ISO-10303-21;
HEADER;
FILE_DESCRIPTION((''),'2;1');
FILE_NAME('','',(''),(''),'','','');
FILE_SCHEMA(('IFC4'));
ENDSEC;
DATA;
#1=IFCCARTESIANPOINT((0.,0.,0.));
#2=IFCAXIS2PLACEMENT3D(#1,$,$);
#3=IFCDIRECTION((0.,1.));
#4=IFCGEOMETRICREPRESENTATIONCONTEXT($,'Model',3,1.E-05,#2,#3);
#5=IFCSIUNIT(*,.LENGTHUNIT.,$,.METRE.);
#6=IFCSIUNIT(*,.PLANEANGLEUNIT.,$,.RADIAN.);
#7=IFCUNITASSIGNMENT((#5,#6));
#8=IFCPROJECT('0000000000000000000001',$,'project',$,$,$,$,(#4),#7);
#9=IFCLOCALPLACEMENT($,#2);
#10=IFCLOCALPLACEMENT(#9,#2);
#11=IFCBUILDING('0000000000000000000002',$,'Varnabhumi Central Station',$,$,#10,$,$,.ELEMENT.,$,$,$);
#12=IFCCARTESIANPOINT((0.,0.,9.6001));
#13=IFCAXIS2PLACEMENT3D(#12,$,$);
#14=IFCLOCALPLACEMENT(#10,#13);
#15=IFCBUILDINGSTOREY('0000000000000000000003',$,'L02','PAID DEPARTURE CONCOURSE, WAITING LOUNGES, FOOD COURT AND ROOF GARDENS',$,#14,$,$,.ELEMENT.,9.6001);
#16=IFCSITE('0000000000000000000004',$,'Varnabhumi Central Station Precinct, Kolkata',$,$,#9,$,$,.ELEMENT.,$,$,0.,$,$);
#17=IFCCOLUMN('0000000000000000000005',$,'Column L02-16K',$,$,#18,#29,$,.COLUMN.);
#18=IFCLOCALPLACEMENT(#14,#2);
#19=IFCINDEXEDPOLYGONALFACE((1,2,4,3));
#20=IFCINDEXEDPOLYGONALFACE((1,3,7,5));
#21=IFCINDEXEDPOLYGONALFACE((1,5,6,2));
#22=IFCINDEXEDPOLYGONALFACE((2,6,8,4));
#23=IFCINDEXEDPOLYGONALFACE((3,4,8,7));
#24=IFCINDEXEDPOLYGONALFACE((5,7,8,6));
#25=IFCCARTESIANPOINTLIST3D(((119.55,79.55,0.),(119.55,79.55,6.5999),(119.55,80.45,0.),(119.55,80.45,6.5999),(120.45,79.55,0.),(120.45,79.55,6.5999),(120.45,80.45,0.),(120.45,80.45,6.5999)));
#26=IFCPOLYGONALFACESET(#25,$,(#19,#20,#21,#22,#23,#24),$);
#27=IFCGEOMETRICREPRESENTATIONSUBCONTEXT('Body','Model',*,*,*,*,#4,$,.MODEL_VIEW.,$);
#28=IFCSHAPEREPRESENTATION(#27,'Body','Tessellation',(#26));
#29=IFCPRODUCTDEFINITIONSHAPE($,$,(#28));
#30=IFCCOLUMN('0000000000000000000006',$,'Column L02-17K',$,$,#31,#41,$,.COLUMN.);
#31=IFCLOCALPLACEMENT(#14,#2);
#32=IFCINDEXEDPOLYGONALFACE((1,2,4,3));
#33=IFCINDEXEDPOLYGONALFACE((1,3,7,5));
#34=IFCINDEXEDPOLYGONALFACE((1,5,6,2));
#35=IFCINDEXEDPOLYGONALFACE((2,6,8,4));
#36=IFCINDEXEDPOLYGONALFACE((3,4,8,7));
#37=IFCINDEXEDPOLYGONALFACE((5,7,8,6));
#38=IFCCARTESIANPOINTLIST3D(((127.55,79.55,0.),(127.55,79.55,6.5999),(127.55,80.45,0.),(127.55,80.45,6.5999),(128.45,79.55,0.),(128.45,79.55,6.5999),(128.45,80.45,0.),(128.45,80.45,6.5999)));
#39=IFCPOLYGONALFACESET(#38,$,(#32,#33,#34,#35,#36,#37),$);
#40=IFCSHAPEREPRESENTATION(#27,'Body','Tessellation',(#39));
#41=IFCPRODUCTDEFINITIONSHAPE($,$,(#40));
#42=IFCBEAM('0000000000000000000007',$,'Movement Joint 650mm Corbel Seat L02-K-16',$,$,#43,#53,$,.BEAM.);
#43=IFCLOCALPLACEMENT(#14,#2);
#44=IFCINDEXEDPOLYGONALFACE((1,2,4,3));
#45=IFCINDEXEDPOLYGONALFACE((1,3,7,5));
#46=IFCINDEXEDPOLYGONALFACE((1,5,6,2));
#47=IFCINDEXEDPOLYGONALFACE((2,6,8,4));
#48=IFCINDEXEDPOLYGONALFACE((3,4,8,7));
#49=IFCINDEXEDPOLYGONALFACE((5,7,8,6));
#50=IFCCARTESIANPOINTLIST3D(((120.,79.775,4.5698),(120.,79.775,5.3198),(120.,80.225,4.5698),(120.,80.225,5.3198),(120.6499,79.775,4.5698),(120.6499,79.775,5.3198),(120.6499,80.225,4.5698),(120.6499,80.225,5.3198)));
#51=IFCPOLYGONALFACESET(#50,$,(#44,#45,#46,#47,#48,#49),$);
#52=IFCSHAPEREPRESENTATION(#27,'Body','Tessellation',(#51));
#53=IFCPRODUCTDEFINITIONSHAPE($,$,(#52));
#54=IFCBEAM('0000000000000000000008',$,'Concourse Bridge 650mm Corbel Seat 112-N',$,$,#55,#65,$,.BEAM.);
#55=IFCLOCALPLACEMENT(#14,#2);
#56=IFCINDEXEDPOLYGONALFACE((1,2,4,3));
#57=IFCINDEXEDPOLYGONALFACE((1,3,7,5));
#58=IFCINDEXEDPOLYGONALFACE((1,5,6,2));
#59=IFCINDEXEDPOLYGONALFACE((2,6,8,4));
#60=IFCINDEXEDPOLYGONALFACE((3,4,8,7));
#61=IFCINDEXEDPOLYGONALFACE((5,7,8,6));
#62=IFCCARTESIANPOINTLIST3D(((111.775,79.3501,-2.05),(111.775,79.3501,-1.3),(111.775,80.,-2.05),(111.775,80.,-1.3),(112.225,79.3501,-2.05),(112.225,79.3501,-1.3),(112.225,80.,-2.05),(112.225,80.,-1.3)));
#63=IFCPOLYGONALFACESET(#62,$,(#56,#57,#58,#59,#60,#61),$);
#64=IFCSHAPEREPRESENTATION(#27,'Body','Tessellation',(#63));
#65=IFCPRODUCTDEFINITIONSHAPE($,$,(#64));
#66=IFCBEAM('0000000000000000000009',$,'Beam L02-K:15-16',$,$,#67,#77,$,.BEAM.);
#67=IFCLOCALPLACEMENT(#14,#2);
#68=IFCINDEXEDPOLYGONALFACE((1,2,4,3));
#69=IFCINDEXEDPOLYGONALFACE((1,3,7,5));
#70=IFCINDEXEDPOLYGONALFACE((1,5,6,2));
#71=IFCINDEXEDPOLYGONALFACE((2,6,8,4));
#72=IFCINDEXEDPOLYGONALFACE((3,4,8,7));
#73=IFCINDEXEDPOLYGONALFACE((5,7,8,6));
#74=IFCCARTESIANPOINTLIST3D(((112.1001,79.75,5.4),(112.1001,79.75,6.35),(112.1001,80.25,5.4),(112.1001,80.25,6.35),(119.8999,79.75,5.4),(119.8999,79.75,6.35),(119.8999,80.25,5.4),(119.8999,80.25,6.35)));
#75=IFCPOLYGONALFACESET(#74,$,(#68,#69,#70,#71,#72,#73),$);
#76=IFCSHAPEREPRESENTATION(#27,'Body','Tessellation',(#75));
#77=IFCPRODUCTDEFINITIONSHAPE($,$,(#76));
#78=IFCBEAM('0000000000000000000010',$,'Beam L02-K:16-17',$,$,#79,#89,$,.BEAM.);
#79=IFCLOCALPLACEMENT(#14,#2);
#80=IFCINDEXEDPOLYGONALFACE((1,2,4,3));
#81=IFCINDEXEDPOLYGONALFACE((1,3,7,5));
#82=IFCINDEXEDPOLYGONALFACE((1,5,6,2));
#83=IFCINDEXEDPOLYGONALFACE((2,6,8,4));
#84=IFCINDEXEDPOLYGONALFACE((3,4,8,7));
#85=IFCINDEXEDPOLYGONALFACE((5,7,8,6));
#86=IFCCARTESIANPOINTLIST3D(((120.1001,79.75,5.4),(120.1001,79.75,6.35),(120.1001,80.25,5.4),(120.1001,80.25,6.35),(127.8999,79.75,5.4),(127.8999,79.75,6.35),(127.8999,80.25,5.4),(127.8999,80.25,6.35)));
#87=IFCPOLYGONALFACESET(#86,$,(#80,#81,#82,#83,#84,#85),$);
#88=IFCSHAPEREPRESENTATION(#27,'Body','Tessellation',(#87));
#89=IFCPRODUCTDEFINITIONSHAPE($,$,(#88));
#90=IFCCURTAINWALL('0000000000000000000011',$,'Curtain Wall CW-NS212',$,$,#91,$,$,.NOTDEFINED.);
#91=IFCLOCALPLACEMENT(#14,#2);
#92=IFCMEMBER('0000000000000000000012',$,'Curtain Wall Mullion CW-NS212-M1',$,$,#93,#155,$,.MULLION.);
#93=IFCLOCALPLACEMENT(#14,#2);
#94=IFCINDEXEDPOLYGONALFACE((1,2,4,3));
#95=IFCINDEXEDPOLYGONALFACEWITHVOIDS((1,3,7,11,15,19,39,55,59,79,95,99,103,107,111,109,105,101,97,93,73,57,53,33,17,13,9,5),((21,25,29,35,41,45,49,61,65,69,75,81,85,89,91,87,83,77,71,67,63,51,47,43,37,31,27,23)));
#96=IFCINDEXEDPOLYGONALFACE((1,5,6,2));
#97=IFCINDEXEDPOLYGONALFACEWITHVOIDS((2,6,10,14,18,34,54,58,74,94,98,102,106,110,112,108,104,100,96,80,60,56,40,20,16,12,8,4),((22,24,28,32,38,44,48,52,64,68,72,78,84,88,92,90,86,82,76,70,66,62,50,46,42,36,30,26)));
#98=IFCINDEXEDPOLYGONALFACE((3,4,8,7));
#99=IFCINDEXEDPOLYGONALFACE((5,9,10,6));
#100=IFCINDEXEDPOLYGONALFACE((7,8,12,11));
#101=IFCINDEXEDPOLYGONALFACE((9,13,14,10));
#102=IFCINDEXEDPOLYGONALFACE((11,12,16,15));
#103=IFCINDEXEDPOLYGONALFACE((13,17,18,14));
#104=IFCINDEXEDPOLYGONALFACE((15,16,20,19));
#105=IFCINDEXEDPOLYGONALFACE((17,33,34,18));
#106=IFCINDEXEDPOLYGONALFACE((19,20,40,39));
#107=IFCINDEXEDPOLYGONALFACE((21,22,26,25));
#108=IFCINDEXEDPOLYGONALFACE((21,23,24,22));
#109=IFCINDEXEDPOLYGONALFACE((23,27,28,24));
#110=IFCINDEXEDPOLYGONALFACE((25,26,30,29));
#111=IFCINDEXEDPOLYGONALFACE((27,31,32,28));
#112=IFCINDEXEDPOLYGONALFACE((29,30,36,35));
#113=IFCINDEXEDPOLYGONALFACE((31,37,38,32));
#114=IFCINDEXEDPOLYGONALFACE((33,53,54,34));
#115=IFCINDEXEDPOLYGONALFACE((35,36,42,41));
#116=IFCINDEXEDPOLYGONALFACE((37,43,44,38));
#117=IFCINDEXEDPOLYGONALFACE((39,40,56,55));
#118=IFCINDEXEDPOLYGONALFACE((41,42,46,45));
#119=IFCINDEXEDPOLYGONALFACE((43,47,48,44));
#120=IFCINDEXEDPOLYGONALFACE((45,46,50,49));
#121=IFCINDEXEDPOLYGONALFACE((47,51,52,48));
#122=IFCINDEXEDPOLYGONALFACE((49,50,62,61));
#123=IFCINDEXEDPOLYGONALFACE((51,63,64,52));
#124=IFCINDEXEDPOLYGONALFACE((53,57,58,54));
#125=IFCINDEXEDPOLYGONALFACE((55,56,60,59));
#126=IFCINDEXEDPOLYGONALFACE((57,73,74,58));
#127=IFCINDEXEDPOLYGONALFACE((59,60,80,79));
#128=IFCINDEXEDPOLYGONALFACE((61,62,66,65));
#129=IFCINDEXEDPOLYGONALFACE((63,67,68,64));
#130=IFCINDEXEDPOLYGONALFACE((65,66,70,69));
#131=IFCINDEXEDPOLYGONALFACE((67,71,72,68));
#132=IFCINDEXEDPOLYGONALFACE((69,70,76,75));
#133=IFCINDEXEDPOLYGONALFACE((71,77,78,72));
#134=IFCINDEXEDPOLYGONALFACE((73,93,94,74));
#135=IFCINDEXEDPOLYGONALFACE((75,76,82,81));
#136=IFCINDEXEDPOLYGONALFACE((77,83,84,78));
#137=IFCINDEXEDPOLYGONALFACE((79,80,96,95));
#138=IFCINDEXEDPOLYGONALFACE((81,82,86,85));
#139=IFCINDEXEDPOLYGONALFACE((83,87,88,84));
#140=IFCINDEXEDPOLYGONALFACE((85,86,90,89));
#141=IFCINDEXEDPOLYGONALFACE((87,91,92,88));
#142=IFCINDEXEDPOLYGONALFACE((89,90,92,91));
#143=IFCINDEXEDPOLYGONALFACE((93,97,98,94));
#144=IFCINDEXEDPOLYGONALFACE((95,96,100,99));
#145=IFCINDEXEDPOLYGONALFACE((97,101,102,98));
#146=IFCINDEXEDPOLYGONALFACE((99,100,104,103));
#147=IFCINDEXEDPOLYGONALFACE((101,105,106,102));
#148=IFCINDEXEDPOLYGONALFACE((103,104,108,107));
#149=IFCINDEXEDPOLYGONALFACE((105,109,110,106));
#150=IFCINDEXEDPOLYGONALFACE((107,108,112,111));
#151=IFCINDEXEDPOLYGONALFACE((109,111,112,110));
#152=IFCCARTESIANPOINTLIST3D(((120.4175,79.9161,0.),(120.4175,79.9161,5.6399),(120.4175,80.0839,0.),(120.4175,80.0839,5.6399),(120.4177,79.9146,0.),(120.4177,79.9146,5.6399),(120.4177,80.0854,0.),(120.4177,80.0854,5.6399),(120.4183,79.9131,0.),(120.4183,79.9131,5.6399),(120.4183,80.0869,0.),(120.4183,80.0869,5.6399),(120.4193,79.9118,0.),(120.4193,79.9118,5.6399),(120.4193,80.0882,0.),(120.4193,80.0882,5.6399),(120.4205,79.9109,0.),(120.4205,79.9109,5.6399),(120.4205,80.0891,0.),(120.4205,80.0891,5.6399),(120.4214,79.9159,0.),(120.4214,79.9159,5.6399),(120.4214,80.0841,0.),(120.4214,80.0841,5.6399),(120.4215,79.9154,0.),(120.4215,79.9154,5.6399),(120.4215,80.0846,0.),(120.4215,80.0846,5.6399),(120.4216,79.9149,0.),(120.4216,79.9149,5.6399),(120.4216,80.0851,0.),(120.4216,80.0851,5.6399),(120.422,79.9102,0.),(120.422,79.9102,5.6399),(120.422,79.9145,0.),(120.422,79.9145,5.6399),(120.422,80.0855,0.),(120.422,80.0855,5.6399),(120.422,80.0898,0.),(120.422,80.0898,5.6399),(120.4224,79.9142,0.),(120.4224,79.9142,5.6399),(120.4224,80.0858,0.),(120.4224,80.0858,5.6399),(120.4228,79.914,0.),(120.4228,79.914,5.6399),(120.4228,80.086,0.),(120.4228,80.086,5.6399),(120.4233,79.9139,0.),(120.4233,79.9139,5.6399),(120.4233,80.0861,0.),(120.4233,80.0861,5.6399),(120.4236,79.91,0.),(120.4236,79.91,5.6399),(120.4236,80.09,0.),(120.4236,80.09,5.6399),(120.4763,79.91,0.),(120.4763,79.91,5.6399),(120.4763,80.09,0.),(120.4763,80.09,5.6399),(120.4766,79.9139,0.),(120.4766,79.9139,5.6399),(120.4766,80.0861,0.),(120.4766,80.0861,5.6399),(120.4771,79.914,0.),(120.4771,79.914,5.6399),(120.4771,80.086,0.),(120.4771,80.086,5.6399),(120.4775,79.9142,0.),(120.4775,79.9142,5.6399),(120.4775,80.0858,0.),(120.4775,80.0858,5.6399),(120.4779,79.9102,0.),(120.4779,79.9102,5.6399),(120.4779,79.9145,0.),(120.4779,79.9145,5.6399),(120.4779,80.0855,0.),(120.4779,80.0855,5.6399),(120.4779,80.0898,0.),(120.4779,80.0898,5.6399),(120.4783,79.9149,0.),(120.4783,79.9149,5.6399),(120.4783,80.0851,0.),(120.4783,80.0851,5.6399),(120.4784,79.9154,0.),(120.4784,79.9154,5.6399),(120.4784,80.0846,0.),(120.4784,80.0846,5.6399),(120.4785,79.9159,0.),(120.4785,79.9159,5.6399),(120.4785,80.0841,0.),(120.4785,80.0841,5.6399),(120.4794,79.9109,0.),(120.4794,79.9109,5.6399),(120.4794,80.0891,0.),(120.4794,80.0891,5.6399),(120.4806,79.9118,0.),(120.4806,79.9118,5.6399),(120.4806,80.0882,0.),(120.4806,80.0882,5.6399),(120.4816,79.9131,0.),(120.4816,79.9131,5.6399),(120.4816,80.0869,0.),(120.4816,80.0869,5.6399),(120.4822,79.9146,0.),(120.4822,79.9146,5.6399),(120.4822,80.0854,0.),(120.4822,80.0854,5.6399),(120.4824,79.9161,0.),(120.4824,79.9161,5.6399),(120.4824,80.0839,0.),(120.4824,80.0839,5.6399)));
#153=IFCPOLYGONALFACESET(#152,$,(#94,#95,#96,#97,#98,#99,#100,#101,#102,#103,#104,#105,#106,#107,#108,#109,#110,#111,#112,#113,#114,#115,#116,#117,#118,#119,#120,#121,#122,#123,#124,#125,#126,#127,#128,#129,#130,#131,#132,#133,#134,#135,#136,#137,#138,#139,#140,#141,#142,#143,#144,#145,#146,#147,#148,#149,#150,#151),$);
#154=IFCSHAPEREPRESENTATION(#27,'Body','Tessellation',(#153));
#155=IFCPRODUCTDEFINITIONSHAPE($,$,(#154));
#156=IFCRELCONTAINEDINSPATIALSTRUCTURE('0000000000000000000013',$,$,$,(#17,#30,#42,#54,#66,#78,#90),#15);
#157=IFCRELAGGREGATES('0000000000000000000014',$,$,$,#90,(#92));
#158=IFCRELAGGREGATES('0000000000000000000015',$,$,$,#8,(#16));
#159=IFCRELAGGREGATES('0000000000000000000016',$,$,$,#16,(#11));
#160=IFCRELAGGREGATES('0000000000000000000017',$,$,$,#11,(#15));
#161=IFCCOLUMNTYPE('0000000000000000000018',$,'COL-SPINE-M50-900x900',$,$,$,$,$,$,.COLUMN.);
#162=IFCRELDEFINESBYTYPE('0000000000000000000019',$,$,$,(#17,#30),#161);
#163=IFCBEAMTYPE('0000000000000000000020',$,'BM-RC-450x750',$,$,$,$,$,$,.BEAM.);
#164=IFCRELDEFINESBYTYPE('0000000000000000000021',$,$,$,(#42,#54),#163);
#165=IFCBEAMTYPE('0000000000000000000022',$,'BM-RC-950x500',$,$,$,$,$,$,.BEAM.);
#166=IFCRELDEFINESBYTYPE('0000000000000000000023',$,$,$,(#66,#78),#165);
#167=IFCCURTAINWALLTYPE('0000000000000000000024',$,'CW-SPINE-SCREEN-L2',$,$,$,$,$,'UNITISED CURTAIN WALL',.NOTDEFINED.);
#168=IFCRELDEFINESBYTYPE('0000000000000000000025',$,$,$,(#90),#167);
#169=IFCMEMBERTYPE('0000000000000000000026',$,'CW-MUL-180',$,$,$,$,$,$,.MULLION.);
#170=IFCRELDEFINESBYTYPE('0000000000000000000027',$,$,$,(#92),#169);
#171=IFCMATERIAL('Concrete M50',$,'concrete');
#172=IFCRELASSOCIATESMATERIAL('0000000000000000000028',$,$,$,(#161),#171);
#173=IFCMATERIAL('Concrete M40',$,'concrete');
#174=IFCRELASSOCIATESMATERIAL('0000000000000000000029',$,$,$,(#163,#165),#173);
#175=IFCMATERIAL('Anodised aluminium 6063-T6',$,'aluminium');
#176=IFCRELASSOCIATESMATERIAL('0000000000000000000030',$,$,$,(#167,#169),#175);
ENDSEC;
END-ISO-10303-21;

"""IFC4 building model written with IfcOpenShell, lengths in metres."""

from ifc_helpers import new_model, si_unit, direction, frame, origin, origin_2d, place, context, subcontext, project, spatial, rectangle, hollow_rectangle, extrude, material, material_profile, profile_set, type_object, element, aggregate, save


model = new_model("IFC4")

# Units and contexts
model_context = context("Model", 3, precision=1e-05, world=origin(), true_north=direction((0.0, 1.0)))
body_context = subcontext(model_context, "Body", "Model", "MODEL_VIEW")
ifc_project = project(units=[si_unit("LENGTHUNIT", "METRE"), si_unit("PLANEANGLEUNIT", "RADIAN")], contexts=[model_context])

# Site, building, storey
site_placement = place(None, origin())
site = spatial("IfcSite", under=ifc_project, at=site_placement, Name="Varnabhumi Central Station Precinct, Kolkata", CompositionType="ELEMENT", RefElevation=0.0)
building_placement = place(site_placement, origin())
building = spatial("IfcBuilding", under=site, at=building_placement, Name="Varnabhumi Central Station", CompositionType="ELEMENT")
storey_placement = place(building_placement, frame((0.0, 0.0, 9.6001)))
storey = spatial("IfcBuildingStorey", under=building, at=storey_placement, Name="L02", Description="PAID DEPARTURE CONCOURSE, WAITING LOUNGES, FOOD COURT AND ROOF GARDENS", CompositionType="ELEMENT", Elevation=9.6001)

# Columns
ifc_material_1 = material(Name="Concrete M50", Category="concrete")
ifc_material_profile_1 = material_profile(ifc_material_1, rectangle(XDim=0.8999, YDim=0.8999, at=origin_2d()), Name="Concrete M50", Category="concrete")
ifc_profile_set_1 = profile_set([ifc_material_profile_1], Name="Concrete M50")
column_type = type_object("IfcColumnType", Name="COL-SPINE-M50-900x900", PredefinedType="COLUMN", material=ifc_profile_set_1)
for number, where, z_axis, x_axis, name in (
    (1, (120.0, 80.0, 0.0), (0.0, 0.0, 1.0), (1.0, 0.0, 0.0), "Column L02-16K"),
    (2, (128.0, 80.0, 0.0), (0.0, 0.0, 1.0), (1.0, 0.0, 0.0), "Column L02-17K"),
):
    element("IfcColumn", number, at=place(storey_placement, frame(where, z_axis=z_axis, x_axis=x_axis)), inside=storey, type_object=column_type, Name=name, PredefinedType="COLUMN", context=body_context, shape_type="SweptSolid", body=[
        extrude(rectangle(XDim=0.8999, YDim=0.8999, at=origin_2d()), origin(), (0.0, 0.0, 1.0), 6.5999),
    ])

# Beams
ifc_material_2 = material(Name="Concrete M40", Category="concrete")
ifc_material_profile_2 = material_profile(ifc_material_2, rectangle(XDim=0.45, YDim=0.75, at=origin_2d()), Name="Concrete M40", Category="concrete")
ifc_profile_set_2 = profile_set([ifc_material_profile_2], Name="Concrete M40")
beam_type_1 = type_object("IfcBeamType", Name="BM-RC-450x750", PredefinedType="BEAM", material=ifc_profile_set_2)
for number, where, z_axis, x_axis, name in (
    (3, (120.0, 80.0, 4.9448), (1.0, 0.0, 0.0), (0.0, 1.0, 0.0), "Movement Joint 650mm Corbel Seat L02-K-16"),
    (4, (112.0, 80.0, -1.675), (0.0, -1.0, 0.0), (1.0, 0.0, 0.0), "Concourse Bridge 650mm Corbel Seat 112-N"),
):
    element("IfcBeam", number, at=place(storey_placement, frame(where, z_axis=z_axis, x_axis=x_axis)), inside=storey, type_object=beam_type_1, Name=name, PredefinedType="BEAM", context=body_context, shape_type="SweptSolid", body=[
        extrude(rectangle(XDim=0.45, YDim=0.75, at=origin_2d()), origin(), (0.0, 0.0, 1.0), 0.6499),
    ])
ifc_material_profile_3 = material_profile(ifc_material_2, rectangle(XDim=0.5, YDim=0.95, at=origin_2d()), Name="Concrete M40", Category="concrete")
ifc_profile_set_3 = profile_set([ifc_material_profile_3], Name="Concrete M40")
beam_type_2 = type_object("IfcBeamType", Name="BM-RC-950x500", PredefinedType="BEAM", material=ifc_profile_set_3)
for number, where, z_axis, x_axis, name in (
    (5, (112.1001, 80.0, 5.875), (1.0, 0.0, 0.0), (0.0, 1.0, 0.0), "Beam L02-K:15-16"),
    (6, (120.1001, 80.0, 5.875), (1.0, 0.0, 0.0), (0.0, 1.0, 0.0), "Beam L02-K:16-17"),
):
    element("IfcBeam", number, at=place(storey_placement, frame(where, z_axis=z_axis, x_axis=x_axis)), inside=storey, type_object=beam_type_2, Name=name, PredefinedType="BEAM", context=body_context, shape_type="SweptSolid", body=[
        extrude(rectangle(XDim=0.5, YDim=0.95, at=origin_2d()), origin(), (0.0, 0.0, 1.0), 7.7998),
    ])

# Curtain wall, member
ifc_material_3 = material(Name="Anodised aluminium 6063-T6", Category="aluminium")
curtain_wall_type = type_object("IfcCurtainWallType", Name="CW-SPINE-SCREEN-L2", ElementType="UNITISED CURTAIN WALL", PredefinedType="NOTDEFINED", material=ifc_material_3)
curtain_wall_placement = place(storey_placement, origin())
curtain_wall = element("IfcCurtainWall", 7, at=curtain_wall_placement, inside=storey, type_object=curtain_wall_type, Name="Curtain Wall CW-NS212", PredefinedType="NOTDEFINED")
ifc_material_profile_4 = material_profile(ifc_material_3, hollow_rectangle(XDim=0.0649, YDim=0.1799, WallThickness=0.0039, InnerFilletRadius=0.002, OuterFilletRadius=0.0061, at=origin_2d()), Name="Anodised aluminium 6063-T6", Category="aluminium")
ifc_profile_set_4 = profile_set([ifc_material_profile_4], Name="Anodised aluminium 6063-T6")
member_type_1 = type_object("IfcMemberType", Name="CW-MUL-180", PredefinedType="MULLION", material=ifc_profile_set_4)
member_1_placement = place(storey_placement, frame((120.45, 80.0, 0.0), z_axis=(0.0, 0.0, 1.0), x_axis=(1.0, 0.0, 0.0)))
member_1 = element("IfcMember", 8, at=member_1_placement, type_object=member_type_1, Name="Curtain Wall Mullion CW-NS212-M1", PredefinedType="MULLION", context=body_context, shape_type="SweptSolid", body=[
    extrude(hollow_rectangle(XDim=0.0649, YDim=0.1799, WallThickness=0.0039, InnerFilletRadius=0.002, OuterFilletRadius=0.0061, at=origin_2d()), origin(), (0.0, 0.0, 1.0), 5.6399),
])

aggregate(curtain_wall, [member_1])

save(model, "model.ifc")
